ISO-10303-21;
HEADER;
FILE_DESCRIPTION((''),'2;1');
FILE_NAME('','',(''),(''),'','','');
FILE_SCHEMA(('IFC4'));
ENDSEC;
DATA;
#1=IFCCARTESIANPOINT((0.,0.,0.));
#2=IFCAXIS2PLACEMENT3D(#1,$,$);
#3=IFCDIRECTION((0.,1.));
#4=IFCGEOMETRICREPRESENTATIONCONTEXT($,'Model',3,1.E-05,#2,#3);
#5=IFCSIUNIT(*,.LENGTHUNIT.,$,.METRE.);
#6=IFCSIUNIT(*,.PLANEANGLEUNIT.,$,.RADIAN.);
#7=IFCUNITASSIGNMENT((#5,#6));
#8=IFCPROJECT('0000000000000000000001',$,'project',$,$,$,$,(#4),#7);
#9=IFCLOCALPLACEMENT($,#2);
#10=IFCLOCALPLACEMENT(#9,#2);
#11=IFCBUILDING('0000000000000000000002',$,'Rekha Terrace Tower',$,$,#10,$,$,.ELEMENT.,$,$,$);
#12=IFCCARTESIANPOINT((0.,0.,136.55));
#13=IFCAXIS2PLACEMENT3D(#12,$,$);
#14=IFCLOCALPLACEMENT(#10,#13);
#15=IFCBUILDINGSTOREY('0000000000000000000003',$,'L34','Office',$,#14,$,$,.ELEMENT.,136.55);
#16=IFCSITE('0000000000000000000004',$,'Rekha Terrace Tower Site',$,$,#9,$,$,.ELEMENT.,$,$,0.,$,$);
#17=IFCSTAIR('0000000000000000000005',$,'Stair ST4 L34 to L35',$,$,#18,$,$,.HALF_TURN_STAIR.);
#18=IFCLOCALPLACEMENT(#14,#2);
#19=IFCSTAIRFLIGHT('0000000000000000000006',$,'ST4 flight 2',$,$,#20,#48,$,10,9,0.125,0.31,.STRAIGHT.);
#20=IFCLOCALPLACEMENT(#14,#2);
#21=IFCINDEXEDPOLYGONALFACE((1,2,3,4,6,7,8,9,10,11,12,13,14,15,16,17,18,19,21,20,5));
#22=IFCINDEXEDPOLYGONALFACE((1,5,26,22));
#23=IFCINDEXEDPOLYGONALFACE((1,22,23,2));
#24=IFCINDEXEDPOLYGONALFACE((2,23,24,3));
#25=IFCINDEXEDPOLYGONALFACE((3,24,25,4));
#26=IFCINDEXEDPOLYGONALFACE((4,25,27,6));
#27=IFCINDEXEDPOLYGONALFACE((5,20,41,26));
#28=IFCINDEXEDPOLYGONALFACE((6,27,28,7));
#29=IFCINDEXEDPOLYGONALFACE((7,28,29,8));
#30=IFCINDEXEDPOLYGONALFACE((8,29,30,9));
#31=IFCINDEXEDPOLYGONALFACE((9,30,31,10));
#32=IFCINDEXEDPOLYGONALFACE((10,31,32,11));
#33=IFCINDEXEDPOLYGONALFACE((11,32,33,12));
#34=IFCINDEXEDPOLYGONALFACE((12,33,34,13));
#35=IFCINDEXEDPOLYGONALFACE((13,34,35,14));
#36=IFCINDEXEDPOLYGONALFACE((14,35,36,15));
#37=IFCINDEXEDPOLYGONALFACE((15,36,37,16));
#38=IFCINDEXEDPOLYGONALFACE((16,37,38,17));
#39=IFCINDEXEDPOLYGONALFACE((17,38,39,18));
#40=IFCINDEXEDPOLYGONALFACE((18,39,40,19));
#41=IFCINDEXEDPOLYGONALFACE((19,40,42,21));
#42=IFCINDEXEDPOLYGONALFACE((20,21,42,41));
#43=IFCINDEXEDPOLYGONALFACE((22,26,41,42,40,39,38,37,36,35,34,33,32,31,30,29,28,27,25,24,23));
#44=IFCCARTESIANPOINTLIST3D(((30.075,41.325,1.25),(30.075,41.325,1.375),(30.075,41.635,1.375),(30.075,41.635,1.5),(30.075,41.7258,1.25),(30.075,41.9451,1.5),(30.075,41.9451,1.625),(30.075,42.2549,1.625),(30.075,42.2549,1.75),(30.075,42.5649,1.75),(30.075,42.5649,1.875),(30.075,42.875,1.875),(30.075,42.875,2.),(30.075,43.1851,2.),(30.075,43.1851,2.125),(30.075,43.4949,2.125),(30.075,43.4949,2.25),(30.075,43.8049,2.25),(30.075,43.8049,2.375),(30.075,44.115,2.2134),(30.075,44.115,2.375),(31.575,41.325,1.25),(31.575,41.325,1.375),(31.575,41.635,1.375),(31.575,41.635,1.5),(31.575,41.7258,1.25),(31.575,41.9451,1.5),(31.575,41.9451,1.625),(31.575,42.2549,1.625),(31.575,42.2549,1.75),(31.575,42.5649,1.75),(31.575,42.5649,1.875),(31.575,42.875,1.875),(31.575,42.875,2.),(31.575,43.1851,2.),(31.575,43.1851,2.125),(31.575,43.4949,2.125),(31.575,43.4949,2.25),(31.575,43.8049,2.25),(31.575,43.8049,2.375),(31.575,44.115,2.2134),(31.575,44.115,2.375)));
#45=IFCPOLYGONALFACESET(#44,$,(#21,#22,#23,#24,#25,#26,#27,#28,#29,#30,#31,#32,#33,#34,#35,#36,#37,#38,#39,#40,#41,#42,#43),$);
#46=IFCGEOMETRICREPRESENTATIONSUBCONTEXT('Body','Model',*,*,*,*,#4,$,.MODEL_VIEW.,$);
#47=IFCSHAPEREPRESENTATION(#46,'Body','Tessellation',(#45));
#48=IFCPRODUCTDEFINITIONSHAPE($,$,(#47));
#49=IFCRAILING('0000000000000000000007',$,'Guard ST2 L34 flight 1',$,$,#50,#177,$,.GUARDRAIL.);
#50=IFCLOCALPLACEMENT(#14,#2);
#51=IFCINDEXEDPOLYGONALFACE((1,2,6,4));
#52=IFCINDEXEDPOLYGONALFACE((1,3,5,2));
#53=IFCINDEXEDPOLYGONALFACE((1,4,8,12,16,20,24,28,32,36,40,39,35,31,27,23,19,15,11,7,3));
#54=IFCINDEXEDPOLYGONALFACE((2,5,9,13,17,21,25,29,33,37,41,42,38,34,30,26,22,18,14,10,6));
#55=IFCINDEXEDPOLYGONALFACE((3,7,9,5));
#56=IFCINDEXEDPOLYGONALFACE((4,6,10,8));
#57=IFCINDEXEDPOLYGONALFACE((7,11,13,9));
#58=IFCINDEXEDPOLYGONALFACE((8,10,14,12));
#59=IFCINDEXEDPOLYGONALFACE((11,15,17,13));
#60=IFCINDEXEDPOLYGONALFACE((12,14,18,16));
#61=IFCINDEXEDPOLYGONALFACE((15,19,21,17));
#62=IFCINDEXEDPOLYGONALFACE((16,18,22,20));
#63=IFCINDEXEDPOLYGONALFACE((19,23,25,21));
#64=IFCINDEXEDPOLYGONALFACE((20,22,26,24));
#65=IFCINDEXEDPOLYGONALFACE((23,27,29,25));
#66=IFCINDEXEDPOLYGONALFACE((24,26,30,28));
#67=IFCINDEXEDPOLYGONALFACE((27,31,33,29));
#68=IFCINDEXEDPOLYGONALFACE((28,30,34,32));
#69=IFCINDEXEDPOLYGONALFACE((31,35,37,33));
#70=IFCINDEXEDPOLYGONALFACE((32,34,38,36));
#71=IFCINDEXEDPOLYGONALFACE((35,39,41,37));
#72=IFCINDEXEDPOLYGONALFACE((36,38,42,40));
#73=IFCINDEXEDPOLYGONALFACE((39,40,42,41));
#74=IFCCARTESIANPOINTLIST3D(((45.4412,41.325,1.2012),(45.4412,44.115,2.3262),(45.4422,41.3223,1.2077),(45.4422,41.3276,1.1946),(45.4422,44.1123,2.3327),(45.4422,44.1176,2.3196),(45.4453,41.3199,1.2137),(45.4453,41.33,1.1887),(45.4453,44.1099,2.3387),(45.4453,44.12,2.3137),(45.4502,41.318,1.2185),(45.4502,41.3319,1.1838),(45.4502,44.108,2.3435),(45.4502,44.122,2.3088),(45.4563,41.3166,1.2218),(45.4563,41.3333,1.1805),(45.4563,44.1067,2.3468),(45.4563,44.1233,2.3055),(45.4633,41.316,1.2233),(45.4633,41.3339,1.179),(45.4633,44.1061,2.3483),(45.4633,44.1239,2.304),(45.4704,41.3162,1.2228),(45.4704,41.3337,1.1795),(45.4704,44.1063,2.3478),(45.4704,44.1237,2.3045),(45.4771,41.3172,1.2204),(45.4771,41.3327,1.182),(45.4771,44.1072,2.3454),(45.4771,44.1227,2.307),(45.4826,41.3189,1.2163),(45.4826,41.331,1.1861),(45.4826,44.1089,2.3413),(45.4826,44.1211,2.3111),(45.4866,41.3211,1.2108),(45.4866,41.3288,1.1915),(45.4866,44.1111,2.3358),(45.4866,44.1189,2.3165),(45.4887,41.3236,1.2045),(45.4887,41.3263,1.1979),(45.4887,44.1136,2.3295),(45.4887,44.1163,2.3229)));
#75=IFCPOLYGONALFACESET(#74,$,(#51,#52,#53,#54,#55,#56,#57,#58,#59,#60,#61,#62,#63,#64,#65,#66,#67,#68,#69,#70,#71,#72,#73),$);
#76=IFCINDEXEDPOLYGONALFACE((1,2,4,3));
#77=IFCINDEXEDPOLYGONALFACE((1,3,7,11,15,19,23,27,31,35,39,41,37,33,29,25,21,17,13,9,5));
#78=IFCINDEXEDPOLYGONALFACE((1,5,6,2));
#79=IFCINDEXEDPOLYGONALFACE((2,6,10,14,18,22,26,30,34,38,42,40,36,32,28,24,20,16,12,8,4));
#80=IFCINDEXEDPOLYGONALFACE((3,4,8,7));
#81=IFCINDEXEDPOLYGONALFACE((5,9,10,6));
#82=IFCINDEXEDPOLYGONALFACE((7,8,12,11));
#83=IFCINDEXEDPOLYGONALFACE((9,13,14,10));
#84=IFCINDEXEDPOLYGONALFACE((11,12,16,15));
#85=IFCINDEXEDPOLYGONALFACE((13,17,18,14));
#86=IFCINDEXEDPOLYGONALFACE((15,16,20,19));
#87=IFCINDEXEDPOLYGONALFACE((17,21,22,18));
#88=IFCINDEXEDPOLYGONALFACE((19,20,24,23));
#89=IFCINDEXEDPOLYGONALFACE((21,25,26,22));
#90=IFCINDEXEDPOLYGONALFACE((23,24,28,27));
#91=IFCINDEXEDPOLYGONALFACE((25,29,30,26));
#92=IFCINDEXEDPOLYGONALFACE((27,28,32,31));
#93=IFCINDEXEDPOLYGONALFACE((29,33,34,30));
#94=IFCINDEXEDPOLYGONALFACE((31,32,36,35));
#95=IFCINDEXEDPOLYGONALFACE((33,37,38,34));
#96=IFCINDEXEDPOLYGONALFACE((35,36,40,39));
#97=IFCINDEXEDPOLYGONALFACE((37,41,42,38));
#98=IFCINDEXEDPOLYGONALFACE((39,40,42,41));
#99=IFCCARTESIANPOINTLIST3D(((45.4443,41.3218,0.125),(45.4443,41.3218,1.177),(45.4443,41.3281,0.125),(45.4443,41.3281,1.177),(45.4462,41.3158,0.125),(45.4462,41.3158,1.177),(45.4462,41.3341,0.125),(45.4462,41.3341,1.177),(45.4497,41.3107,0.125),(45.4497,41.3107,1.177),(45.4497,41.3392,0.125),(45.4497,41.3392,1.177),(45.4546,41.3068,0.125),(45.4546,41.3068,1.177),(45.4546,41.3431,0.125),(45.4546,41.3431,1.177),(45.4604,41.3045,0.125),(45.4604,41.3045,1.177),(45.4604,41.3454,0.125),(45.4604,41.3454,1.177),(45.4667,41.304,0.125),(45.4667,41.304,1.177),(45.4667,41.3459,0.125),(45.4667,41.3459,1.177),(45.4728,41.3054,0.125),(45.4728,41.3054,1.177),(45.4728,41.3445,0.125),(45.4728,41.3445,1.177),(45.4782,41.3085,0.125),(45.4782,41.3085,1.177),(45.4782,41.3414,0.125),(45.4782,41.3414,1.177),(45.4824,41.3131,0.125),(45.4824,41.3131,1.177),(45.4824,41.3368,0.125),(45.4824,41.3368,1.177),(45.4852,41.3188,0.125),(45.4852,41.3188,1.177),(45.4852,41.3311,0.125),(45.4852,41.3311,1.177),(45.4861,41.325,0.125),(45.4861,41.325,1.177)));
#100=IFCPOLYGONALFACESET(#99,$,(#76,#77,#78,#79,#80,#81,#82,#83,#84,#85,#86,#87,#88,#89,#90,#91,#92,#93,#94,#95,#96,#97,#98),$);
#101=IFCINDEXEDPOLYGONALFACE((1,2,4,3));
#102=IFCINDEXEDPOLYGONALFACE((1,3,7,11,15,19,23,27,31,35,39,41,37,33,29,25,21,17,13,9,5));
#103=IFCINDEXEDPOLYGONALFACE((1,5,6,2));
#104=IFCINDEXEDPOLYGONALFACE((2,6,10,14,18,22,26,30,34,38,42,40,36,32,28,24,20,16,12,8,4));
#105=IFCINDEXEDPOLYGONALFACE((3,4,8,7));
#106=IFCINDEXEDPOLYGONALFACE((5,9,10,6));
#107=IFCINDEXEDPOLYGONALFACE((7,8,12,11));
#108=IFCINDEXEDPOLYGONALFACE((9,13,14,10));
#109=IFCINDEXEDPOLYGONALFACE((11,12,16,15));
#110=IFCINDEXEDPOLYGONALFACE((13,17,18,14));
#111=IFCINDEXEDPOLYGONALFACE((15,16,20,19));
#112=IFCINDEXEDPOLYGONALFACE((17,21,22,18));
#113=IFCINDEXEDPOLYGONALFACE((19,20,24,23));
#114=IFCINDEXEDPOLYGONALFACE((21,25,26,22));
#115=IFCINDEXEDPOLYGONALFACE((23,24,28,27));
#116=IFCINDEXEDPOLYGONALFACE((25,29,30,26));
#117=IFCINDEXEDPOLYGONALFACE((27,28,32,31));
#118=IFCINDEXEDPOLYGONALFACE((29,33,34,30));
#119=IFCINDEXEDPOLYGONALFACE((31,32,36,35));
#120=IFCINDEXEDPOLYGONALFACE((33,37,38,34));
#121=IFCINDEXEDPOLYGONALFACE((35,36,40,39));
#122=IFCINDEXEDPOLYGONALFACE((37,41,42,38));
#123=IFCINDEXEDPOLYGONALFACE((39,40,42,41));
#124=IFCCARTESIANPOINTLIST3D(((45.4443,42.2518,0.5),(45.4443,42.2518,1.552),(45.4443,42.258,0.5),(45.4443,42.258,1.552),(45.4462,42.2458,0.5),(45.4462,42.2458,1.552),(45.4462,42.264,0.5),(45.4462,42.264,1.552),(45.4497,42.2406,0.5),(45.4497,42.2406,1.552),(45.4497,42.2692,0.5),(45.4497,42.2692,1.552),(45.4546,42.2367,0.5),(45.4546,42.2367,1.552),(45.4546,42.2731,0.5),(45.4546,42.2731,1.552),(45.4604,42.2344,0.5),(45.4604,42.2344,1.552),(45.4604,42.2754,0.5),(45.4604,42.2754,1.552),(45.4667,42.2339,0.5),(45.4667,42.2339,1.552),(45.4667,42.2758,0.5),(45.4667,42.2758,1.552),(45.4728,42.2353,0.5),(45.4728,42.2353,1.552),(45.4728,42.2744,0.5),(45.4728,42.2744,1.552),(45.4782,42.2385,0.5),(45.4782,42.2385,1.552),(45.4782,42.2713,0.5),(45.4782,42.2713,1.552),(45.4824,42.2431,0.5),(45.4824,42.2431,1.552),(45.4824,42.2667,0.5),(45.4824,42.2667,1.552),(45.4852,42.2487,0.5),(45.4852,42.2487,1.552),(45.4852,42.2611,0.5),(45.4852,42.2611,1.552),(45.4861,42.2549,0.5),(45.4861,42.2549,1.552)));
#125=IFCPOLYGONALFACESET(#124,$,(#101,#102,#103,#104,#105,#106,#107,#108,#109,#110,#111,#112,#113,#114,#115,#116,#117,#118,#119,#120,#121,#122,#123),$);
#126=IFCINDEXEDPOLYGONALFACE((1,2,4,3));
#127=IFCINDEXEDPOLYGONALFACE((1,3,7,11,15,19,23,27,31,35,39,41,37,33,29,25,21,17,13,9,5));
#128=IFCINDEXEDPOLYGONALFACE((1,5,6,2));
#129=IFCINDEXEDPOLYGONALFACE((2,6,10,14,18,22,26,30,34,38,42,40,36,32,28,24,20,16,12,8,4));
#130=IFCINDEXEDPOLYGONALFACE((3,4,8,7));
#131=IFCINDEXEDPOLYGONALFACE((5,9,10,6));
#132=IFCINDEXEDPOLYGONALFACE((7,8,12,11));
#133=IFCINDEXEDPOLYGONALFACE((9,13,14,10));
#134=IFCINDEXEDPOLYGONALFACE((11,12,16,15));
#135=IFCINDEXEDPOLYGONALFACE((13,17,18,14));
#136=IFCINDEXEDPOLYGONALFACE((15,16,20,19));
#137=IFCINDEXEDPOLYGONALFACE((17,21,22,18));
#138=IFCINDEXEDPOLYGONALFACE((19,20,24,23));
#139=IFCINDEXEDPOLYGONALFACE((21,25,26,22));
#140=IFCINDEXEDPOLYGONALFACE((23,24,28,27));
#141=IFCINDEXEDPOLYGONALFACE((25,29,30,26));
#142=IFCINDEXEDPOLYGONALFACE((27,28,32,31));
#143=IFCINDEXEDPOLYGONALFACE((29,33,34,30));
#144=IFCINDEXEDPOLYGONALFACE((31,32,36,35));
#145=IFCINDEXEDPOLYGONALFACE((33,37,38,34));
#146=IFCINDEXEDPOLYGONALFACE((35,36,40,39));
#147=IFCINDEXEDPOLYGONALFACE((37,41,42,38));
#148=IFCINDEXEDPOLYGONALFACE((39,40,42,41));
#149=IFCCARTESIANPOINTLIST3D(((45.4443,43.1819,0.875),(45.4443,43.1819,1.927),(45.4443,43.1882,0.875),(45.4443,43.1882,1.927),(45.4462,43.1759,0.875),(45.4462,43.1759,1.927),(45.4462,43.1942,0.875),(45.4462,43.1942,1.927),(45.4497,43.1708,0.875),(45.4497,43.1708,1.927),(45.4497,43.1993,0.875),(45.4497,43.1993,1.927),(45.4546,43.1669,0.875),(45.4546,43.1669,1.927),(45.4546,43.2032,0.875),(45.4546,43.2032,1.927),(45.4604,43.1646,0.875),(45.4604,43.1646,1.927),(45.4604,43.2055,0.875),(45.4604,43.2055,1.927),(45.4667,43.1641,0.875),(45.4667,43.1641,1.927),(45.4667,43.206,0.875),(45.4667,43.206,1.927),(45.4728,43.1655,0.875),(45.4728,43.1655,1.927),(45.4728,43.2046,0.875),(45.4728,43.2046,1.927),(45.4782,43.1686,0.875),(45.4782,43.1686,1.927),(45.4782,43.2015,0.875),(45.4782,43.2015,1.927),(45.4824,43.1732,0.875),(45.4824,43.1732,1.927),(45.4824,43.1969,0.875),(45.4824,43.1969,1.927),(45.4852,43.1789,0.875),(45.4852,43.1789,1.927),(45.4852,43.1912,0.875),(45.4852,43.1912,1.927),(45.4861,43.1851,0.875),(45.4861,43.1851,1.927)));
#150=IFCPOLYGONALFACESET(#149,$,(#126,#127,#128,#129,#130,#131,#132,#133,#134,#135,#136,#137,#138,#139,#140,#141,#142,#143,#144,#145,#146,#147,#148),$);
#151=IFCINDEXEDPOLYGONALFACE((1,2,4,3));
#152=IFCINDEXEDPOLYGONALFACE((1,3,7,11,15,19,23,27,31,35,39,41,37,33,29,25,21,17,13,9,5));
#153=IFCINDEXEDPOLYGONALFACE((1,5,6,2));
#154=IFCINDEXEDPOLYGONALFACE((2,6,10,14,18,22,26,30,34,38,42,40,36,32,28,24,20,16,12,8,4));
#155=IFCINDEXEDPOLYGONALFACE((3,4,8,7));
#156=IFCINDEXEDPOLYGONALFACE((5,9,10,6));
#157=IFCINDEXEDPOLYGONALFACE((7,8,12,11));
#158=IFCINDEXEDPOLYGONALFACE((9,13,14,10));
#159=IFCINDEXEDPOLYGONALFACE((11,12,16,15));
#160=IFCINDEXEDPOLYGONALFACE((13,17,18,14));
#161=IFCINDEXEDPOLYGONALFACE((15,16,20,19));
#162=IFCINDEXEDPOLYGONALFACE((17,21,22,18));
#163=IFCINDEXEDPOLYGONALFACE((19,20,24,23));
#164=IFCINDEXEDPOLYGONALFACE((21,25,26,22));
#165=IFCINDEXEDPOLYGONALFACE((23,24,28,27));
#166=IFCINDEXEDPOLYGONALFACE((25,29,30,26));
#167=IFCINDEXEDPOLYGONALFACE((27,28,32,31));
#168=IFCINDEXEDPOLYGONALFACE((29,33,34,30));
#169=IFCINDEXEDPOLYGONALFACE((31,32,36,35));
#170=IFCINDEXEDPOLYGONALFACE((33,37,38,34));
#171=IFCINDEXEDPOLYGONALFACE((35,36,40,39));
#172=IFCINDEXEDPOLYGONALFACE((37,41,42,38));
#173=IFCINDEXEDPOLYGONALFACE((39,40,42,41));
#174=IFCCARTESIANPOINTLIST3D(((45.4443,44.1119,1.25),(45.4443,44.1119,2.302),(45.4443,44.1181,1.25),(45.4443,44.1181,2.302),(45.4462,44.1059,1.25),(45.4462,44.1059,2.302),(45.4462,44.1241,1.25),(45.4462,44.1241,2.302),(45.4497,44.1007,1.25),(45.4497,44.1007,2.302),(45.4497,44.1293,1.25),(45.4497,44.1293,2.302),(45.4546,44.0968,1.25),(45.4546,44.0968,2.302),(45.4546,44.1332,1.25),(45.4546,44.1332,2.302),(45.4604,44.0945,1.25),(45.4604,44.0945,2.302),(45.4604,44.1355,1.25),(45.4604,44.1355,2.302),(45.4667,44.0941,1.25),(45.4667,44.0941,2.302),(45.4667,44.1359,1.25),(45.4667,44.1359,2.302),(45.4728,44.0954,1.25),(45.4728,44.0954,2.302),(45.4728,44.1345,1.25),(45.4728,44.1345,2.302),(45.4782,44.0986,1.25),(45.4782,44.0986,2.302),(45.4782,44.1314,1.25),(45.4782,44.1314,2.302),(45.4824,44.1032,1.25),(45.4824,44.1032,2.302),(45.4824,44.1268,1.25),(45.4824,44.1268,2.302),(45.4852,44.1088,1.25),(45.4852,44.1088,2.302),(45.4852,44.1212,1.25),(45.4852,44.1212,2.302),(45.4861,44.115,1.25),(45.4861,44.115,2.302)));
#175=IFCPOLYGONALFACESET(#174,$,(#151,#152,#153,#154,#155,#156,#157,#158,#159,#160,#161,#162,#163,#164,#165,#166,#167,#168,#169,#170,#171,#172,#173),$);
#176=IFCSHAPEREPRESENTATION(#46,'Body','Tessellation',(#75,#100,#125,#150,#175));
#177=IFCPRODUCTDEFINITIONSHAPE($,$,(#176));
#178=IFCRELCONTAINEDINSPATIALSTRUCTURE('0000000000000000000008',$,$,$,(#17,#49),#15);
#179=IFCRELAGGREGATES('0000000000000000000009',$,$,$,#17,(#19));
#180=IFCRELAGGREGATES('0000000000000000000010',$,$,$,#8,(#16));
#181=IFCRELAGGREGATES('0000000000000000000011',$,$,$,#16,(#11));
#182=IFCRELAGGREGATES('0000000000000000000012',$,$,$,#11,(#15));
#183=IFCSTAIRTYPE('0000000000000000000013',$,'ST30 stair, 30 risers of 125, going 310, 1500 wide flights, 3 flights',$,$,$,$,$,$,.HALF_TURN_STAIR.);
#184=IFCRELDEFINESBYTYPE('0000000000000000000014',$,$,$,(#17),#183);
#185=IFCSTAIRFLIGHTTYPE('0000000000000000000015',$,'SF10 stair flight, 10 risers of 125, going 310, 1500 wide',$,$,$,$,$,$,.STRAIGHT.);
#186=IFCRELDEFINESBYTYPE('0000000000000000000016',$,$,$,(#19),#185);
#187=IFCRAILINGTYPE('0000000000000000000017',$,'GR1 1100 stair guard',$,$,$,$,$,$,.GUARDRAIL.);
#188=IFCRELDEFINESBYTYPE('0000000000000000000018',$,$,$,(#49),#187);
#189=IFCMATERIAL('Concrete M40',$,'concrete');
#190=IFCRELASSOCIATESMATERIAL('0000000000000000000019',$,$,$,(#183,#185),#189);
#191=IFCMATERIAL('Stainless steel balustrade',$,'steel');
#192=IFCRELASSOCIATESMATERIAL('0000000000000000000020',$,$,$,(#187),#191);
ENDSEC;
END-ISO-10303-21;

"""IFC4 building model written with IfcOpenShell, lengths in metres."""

from ifc_helpers import new_model, si_unit, direction, frame, origin, origin_2d, place, context, subcontext, project, spatial, polyline, circle, outline, extrude, material, type_object, element, aggregate, save


model = new_model("IFC4")

# Units and contexts
model_context = context("Model", 3, precision=1e-05, world=origin(), true_north=direction((0.0, 1.0)))
body_context = subcontext(model_context, "Body", "Model", "MODEL_VIEW")
ifc_project = project(units=[si_unit("LENGTHUNIT", "METRE"), si_unit("PLANEANGLEUNIT", "RADIAN")], contexts=[model_context])

# Site, building, storey
site_placement = place(None, origin())
site = spatial("IfcSite", under=ifc_project, at=site_placement, Name="Rekha Terrace Tower Site", CompositionType="ELEMENT", RefElevation=0.0)
building_placement = place(site_placement, origin())
building = spatial("IfcBuilding", under=site, at=building_placement, Name="Rekha Terrace Tower", CompositionType="ELEMENT")
storey_placement = place(building_placement, frame((0.0, 0.0, 136.55)))
storey = spatial("IfcBuildingStorey", under=building, at=storey_placement, Name="L34", Description="Office", CompositionType="ELEMENT", Elevation=136.55)

# Shared definitions
ifc_material_1 = material(Name="Concrete M40", Category="concrete")
stair_type = type_object("IfcStairType", Name="ST30 stair, 30 risers of 125, going 310, 1500 wide flights, 3 flights", PredefinedType="HALF_TURN_STAIR", material=ifc_material_1)
stair_flight_type = type_object("IfcStairFlightType", Name="SF10 stair flight, 10 risers of 125, going 310, 1500 wide", PredefinedType="STRAIGHT", material=ifc_material_1)

# Stair, stair flight
stair_1_placement = place(storey_placement, origin())
stair_1 = element("IfcStair", 1, at=stair_1_placement, inside=storey, type_object=stair_type, Name="Stair ST4 L34 to L35", PredefinedType="HALF_TURN_STAIR")
stair_flight_1_placement = place(storey_placement, frame((30.825, 41.325, 1.25), z_axis=(0.0, 0.0, 1.0), x_axis=(0.0, 1.0, 0.0)))
stair_flight_1 = element("IfcStairFlight", 2, at=stair_flight_1_placement, type_object=stair_flight_type, Name="ST4 flight 2", NumberOfRisers=10, NumberOfTreads=9, PredefinedType="STRAIGHT", RiserHeight=0.125, TreadLength=0.31, context=body_context, shape_type="SweptSolid", body=[
    extrude(outline(polyline([(0.0, 0.0), (0.0, 0.125), (0.3101, 0.125), (0.3101, 0.25), (0.6201, 0.25), (0.6201, 0.375), (0.9299, 0.375), (0.9299, 0.5), (1.24, 0.5), (1.24, 0.625), (1.55, 0.625), (1.55, 0.75), (1.8601, 0.75), (1.8601, 0.875), (2.1699, 0.875), (2.1699, 1.0), (2.48, 1.0), (2.48, 1.125), (2.79, 1.125), (2.79, 1.25), (2.79, 0.9634), (0.4009, 0.0), (0.0, 0.0)])), frame((0.0, 0.75, 0.0), z_axis=(0.0, -1.0, 0.0), x_axis=(1.0, 0.0, 0.0)), (0.0, 0.0, 1.0), 1.5),
])
aggregate(stair_1, [stair_flight_1])

# Railing
ifc_material_2 = material(Name="Stainless steel balustrade", Category="steel")
railing_type_1 = type_object("IfcRailingType", Name="GR1 1100 stair guard", PredefinedType="GUARDRAIL", material=ifc_material_2)
railing_1_placement = place(storey_placement, frame((45.4651, 41.325, 0.125)))
element("IfcRailing", 3, at=railing_1_placement, inside=storey, type_object=railing_type_1, Name="Guard ST2 L34 flight 1", PredefinedType="GUARDRAIL", context=body_context, shape_type="SweptSolid", body=[
    extrude(circle(Radius=0.0239, at=origin_2d()), frame((0.0, 0.0, 1.0762), z_axis=(0.0, 0.927443, 0.373964), x_axis=(-1.0, 0.0, 0.0)), (0.0, 0.0, 1.0), 3.0083),
    extrude(circle(Radius=0.021, at=origin_2d()), origin(), (0.0, 0.0, 1.0), 1.052),
    extrude(circle(Radius=0.021, at=origin_2d()), frame((0.0, 0.9299, 0.375)), (0.0, 0.0, 1.0), 1.052),
    extrude(circle(Radius=0.021, at=origin_2d()), frame((0.0, 1.8601, 0.75)), (0.0, 0.0, 1.0), 1.052),
    extrude(circle(Radius=0.021, at=origin_2d()), frame((0.0, 2.79, 1.125)), (0.0, 0.0, 1.0), 1.052),
])

save(model, "model.ifc")
